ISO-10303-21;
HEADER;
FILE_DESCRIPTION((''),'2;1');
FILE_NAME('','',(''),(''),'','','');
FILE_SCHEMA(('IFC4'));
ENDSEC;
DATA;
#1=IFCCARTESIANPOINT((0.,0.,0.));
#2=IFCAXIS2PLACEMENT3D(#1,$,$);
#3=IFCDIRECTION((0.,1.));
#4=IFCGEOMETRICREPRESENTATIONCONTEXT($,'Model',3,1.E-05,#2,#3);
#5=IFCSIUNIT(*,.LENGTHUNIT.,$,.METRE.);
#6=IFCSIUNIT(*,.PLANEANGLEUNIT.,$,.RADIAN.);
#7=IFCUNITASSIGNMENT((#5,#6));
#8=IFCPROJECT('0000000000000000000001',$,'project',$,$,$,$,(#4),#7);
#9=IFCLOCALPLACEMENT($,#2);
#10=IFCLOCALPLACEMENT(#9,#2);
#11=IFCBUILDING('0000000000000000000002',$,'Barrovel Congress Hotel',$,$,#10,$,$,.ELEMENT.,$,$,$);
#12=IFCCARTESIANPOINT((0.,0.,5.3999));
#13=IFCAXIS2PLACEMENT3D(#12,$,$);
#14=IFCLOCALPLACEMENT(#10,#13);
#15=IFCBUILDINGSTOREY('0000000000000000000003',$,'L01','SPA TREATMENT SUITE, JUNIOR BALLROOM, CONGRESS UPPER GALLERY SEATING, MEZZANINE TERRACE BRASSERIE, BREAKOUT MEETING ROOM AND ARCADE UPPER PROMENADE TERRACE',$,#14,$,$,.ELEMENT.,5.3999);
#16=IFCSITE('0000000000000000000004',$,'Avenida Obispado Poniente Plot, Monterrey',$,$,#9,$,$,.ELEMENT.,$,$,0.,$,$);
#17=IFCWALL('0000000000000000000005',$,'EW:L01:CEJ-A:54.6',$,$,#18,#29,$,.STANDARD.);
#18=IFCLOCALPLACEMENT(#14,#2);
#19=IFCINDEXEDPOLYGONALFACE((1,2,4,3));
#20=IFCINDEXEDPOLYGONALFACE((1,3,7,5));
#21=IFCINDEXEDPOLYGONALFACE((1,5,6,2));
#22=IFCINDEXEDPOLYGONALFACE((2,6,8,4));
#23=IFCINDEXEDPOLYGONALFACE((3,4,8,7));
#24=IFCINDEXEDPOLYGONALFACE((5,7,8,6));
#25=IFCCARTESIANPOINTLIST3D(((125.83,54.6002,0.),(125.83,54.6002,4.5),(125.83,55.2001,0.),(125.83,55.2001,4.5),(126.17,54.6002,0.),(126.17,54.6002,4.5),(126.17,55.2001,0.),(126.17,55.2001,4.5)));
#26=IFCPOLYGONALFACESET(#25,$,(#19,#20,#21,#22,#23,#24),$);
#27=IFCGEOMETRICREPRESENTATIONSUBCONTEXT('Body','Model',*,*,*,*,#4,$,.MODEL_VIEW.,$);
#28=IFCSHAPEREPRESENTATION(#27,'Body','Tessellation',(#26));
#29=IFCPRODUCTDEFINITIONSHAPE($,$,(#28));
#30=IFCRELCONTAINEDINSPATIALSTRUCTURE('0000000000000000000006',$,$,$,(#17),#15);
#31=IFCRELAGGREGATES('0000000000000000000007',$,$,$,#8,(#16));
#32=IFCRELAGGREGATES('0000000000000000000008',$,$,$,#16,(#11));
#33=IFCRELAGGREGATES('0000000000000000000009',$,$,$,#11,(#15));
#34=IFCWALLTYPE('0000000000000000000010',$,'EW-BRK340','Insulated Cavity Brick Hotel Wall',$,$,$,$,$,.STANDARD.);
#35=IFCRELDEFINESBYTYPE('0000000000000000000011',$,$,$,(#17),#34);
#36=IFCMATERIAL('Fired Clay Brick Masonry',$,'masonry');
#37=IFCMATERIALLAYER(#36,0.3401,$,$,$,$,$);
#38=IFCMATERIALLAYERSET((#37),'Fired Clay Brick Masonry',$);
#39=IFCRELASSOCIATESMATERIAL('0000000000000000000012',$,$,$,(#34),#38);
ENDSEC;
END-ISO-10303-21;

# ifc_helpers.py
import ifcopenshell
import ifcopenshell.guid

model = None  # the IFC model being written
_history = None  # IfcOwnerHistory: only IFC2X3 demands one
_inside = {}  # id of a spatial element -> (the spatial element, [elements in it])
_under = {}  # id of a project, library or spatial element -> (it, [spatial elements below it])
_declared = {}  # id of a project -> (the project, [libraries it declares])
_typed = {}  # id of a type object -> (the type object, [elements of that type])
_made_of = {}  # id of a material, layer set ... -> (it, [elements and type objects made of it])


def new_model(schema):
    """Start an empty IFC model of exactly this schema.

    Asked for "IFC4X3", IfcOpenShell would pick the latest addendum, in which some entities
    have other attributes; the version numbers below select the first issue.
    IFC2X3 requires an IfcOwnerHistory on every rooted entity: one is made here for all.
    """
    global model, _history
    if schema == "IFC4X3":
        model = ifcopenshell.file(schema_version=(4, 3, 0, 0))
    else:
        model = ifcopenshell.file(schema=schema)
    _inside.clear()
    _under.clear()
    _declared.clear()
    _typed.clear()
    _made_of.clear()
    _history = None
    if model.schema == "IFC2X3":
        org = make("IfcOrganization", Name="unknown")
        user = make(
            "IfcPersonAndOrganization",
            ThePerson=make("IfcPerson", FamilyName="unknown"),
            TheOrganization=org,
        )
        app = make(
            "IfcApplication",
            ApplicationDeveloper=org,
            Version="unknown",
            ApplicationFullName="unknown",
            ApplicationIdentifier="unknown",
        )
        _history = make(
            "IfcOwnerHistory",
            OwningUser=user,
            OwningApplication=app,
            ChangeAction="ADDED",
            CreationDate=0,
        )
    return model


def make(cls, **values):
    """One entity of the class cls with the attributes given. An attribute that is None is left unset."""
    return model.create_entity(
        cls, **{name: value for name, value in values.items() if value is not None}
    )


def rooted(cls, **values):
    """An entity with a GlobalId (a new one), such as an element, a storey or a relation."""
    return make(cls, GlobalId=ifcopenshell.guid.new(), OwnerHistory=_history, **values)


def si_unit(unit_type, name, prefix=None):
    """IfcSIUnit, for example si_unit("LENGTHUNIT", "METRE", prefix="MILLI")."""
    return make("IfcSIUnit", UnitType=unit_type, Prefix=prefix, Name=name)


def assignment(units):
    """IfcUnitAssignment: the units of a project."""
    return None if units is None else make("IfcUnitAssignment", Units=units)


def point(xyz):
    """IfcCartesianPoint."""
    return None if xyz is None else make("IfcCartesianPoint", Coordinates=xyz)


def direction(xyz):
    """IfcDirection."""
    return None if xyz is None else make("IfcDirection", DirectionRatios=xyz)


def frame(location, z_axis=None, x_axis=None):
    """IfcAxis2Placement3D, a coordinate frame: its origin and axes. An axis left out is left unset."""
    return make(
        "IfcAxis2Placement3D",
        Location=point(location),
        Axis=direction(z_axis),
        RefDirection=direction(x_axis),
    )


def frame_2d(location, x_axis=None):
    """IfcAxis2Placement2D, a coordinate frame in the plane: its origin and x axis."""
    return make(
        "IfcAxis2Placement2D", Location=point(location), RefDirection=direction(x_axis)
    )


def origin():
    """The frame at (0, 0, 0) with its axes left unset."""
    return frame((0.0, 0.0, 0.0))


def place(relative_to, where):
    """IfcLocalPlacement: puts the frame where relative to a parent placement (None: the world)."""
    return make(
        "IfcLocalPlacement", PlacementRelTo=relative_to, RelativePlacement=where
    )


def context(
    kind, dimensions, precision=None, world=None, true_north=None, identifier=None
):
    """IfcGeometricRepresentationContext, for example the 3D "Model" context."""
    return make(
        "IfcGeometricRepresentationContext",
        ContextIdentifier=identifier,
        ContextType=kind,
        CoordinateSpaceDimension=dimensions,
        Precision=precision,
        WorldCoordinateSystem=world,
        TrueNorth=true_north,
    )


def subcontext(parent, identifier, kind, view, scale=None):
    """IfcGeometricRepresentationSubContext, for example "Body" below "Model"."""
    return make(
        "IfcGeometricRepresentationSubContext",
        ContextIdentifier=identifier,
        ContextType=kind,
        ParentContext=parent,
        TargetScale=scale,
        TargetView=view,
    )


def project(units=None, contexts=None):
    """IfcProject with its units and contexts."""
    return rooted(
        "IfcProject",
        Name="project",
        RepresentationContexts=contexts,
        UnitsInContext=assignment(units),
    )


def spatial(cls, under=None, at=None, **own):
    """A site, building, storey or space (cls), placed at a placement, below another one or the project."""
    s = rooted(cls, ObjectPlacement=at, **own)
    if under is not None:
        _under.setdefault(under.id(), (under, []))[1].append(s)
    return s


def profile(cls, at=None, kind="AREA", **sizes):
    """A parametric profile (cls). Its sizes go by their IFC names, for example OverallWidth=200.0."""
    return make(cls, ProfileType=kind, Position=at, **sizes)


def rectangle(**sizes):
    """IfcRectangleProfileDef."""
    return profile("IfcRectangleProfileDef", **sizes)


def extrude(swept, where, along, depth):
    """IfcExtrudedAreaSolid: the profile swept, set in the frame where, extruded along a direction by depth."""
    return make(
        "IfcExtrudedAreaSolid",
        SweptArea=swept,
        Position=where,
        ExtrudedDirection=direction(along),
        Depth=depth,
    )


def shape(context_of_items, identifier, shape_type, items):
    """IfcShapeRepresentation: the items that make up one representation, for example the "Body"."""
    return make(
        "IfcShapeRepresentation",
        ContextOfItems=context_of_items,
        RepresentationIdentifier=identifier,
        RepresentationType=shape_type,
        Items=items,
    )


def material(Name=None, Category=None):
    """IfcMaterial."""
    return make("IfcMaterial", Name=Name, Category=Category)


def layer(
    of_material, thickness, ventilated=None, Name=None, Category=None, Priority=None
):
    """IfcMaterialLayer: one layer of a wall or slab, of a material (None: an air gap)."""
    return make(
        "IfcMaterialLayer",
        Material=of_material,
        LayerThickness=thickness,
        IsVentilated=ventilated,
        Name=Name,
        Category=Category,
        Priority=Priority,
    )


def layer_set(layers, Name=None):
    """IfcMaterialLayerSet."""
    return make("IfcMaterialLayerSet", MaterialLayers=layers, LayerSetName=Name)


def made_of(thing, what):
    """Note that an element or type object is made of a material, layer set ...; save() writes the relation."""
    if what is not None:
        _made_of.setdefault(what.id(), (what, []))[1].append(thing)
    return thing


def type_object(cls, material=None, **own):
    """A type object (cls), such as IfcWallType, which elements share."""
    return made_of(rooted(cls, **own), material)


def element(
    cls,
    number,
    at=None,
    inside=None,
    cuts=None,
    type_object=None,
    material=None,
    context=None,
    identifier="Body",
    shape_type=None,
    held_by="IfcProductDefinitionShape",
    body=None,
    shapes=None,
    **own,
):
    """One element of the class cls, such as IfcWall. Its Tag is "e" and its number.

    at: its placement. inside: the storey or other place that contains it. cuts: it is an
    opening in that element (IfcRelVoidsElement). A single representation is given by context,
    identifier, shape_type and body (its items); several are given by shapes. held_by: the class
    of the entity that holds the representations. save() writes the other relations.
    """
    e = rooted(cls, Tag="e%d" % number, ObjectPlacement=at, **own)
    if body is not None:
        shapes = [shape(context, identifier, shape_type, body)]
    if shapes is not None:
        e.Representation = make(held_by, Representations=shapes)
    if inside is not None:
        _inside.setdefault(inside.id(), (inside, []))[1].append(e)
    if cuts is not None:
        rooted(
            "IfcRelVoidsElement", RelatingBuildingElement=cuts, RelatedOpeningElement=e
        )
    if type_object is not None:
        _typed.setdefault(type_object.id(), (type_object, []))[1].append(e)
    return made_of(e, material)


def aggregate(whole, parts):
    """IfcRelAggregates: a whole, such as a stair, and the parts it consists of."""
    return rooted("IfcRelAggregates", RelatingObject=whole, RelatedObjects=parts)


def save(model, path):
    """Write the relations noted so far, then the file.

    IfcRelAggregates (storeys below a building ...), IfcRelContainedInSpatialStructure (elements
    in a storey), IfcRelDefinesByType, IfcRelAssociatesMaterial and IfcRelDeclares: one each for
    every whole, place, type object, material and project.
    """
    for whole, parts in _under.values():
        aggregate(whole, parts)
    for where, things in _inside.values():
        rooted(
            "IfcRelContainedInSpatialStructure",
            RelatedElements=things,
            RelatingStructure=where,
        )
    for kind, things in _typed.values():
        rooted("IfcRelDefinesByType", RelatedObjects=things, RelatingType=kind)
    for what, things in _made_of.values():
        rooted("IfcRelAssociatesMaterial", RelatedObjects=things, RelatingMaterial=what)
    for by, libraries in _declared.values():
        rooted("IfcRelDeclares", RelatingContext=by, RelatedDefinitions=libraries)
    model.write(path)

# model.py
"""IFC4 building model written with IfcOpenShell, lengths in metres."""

from ifc_helpers import new_model, si_unit, direction, frame, frame_2d, origin, place, context, subcontext, project, spatial, rectangle, extrude, material, layer, layer_set, type_object, element, save


model = new_model("IFC4")

# Units and contexts
model_context = context("Model", 3, precision=1e-05, world=origin(), true_north=direction((0.0, 1.0)))
body_context = subcontext(model_context, "Body", "Model", "MODEL_VIEW")
ifc_project = project(units=[si_unit("LENGTHUNIT", "METRE"), si_unit("PLANEANGLEUNIT", "RADIAN")], contexts=[model_context])

# Site, building, storey
site_placement = place(None, origin())
site = spatial("IfcSite", under=ifc_project, at=site_placement, Name="Avenida Obispado Poniente Plot, Monterrey", CompositionType="ELEMENT", RefElevation=0.0)
building_placement = place(site_placement, origin())
building = spatial("IfcBuilding", under=site, at=building_placement, Name="Barrovel Congress Hotel", CompositionType="ELEMENT")
storey_placement = place(building_placement, frame((0.0, 0.0, 5.3999)))
storey = spatial("IfcBuildingStorey", under=building, at=storey_placement, Name="L01", Description="SPA TREATMENT SUITE, JUNIOR BALLROOM, CONGRESS UPPER GALLERY SEATING, MEZZANINE TERRACE BRASSERIE, BREAKOUT MEETING ROOM AND ARCADE UPPER PROMENADE TERRACE", CompositionType="ELEMENT", Elevation=5.3999)

# Wall
ifc_material_1 = material(Name="Fired Clay Brick Masonry", Category="masonry")
ifc_layer_1 = layer(ifc_material_1, 0.3401)
ifc_layer_set_1 = layer_set([ifc_layer_1], Name="Fired Clay Brick Masonry")
wall_type = type_object("IfcWallType", Name="EW-BRK340", Description="Insulated Cavity Brick Hotel Wall", PredefinedType="STANDARD", material=ifc_layer_set_1)
wall_1_placement = place(storey_placement, frame((126.0, 55.2, 0.0), z_axis=(0.0, 0.0, 1.0), x_axis=(0.0, -1.0, 0.0)))
element("IfcWall", 1, at=wall_1_placement, inside=storey, type_object=wall_type, Name="EW:L01:CEJ-A:54.6", PredefinedType="STANDARD", context=body_context, shape_type="SweptSolid", body=[
    extrude(rectangle(XDim=0.5999, YDim=0.3401, at=frame_2d((0.2998, 0.0))), origin(), (0.0, 0.0, 1.0), 4.5),
])

save(model, "model.ifc")
